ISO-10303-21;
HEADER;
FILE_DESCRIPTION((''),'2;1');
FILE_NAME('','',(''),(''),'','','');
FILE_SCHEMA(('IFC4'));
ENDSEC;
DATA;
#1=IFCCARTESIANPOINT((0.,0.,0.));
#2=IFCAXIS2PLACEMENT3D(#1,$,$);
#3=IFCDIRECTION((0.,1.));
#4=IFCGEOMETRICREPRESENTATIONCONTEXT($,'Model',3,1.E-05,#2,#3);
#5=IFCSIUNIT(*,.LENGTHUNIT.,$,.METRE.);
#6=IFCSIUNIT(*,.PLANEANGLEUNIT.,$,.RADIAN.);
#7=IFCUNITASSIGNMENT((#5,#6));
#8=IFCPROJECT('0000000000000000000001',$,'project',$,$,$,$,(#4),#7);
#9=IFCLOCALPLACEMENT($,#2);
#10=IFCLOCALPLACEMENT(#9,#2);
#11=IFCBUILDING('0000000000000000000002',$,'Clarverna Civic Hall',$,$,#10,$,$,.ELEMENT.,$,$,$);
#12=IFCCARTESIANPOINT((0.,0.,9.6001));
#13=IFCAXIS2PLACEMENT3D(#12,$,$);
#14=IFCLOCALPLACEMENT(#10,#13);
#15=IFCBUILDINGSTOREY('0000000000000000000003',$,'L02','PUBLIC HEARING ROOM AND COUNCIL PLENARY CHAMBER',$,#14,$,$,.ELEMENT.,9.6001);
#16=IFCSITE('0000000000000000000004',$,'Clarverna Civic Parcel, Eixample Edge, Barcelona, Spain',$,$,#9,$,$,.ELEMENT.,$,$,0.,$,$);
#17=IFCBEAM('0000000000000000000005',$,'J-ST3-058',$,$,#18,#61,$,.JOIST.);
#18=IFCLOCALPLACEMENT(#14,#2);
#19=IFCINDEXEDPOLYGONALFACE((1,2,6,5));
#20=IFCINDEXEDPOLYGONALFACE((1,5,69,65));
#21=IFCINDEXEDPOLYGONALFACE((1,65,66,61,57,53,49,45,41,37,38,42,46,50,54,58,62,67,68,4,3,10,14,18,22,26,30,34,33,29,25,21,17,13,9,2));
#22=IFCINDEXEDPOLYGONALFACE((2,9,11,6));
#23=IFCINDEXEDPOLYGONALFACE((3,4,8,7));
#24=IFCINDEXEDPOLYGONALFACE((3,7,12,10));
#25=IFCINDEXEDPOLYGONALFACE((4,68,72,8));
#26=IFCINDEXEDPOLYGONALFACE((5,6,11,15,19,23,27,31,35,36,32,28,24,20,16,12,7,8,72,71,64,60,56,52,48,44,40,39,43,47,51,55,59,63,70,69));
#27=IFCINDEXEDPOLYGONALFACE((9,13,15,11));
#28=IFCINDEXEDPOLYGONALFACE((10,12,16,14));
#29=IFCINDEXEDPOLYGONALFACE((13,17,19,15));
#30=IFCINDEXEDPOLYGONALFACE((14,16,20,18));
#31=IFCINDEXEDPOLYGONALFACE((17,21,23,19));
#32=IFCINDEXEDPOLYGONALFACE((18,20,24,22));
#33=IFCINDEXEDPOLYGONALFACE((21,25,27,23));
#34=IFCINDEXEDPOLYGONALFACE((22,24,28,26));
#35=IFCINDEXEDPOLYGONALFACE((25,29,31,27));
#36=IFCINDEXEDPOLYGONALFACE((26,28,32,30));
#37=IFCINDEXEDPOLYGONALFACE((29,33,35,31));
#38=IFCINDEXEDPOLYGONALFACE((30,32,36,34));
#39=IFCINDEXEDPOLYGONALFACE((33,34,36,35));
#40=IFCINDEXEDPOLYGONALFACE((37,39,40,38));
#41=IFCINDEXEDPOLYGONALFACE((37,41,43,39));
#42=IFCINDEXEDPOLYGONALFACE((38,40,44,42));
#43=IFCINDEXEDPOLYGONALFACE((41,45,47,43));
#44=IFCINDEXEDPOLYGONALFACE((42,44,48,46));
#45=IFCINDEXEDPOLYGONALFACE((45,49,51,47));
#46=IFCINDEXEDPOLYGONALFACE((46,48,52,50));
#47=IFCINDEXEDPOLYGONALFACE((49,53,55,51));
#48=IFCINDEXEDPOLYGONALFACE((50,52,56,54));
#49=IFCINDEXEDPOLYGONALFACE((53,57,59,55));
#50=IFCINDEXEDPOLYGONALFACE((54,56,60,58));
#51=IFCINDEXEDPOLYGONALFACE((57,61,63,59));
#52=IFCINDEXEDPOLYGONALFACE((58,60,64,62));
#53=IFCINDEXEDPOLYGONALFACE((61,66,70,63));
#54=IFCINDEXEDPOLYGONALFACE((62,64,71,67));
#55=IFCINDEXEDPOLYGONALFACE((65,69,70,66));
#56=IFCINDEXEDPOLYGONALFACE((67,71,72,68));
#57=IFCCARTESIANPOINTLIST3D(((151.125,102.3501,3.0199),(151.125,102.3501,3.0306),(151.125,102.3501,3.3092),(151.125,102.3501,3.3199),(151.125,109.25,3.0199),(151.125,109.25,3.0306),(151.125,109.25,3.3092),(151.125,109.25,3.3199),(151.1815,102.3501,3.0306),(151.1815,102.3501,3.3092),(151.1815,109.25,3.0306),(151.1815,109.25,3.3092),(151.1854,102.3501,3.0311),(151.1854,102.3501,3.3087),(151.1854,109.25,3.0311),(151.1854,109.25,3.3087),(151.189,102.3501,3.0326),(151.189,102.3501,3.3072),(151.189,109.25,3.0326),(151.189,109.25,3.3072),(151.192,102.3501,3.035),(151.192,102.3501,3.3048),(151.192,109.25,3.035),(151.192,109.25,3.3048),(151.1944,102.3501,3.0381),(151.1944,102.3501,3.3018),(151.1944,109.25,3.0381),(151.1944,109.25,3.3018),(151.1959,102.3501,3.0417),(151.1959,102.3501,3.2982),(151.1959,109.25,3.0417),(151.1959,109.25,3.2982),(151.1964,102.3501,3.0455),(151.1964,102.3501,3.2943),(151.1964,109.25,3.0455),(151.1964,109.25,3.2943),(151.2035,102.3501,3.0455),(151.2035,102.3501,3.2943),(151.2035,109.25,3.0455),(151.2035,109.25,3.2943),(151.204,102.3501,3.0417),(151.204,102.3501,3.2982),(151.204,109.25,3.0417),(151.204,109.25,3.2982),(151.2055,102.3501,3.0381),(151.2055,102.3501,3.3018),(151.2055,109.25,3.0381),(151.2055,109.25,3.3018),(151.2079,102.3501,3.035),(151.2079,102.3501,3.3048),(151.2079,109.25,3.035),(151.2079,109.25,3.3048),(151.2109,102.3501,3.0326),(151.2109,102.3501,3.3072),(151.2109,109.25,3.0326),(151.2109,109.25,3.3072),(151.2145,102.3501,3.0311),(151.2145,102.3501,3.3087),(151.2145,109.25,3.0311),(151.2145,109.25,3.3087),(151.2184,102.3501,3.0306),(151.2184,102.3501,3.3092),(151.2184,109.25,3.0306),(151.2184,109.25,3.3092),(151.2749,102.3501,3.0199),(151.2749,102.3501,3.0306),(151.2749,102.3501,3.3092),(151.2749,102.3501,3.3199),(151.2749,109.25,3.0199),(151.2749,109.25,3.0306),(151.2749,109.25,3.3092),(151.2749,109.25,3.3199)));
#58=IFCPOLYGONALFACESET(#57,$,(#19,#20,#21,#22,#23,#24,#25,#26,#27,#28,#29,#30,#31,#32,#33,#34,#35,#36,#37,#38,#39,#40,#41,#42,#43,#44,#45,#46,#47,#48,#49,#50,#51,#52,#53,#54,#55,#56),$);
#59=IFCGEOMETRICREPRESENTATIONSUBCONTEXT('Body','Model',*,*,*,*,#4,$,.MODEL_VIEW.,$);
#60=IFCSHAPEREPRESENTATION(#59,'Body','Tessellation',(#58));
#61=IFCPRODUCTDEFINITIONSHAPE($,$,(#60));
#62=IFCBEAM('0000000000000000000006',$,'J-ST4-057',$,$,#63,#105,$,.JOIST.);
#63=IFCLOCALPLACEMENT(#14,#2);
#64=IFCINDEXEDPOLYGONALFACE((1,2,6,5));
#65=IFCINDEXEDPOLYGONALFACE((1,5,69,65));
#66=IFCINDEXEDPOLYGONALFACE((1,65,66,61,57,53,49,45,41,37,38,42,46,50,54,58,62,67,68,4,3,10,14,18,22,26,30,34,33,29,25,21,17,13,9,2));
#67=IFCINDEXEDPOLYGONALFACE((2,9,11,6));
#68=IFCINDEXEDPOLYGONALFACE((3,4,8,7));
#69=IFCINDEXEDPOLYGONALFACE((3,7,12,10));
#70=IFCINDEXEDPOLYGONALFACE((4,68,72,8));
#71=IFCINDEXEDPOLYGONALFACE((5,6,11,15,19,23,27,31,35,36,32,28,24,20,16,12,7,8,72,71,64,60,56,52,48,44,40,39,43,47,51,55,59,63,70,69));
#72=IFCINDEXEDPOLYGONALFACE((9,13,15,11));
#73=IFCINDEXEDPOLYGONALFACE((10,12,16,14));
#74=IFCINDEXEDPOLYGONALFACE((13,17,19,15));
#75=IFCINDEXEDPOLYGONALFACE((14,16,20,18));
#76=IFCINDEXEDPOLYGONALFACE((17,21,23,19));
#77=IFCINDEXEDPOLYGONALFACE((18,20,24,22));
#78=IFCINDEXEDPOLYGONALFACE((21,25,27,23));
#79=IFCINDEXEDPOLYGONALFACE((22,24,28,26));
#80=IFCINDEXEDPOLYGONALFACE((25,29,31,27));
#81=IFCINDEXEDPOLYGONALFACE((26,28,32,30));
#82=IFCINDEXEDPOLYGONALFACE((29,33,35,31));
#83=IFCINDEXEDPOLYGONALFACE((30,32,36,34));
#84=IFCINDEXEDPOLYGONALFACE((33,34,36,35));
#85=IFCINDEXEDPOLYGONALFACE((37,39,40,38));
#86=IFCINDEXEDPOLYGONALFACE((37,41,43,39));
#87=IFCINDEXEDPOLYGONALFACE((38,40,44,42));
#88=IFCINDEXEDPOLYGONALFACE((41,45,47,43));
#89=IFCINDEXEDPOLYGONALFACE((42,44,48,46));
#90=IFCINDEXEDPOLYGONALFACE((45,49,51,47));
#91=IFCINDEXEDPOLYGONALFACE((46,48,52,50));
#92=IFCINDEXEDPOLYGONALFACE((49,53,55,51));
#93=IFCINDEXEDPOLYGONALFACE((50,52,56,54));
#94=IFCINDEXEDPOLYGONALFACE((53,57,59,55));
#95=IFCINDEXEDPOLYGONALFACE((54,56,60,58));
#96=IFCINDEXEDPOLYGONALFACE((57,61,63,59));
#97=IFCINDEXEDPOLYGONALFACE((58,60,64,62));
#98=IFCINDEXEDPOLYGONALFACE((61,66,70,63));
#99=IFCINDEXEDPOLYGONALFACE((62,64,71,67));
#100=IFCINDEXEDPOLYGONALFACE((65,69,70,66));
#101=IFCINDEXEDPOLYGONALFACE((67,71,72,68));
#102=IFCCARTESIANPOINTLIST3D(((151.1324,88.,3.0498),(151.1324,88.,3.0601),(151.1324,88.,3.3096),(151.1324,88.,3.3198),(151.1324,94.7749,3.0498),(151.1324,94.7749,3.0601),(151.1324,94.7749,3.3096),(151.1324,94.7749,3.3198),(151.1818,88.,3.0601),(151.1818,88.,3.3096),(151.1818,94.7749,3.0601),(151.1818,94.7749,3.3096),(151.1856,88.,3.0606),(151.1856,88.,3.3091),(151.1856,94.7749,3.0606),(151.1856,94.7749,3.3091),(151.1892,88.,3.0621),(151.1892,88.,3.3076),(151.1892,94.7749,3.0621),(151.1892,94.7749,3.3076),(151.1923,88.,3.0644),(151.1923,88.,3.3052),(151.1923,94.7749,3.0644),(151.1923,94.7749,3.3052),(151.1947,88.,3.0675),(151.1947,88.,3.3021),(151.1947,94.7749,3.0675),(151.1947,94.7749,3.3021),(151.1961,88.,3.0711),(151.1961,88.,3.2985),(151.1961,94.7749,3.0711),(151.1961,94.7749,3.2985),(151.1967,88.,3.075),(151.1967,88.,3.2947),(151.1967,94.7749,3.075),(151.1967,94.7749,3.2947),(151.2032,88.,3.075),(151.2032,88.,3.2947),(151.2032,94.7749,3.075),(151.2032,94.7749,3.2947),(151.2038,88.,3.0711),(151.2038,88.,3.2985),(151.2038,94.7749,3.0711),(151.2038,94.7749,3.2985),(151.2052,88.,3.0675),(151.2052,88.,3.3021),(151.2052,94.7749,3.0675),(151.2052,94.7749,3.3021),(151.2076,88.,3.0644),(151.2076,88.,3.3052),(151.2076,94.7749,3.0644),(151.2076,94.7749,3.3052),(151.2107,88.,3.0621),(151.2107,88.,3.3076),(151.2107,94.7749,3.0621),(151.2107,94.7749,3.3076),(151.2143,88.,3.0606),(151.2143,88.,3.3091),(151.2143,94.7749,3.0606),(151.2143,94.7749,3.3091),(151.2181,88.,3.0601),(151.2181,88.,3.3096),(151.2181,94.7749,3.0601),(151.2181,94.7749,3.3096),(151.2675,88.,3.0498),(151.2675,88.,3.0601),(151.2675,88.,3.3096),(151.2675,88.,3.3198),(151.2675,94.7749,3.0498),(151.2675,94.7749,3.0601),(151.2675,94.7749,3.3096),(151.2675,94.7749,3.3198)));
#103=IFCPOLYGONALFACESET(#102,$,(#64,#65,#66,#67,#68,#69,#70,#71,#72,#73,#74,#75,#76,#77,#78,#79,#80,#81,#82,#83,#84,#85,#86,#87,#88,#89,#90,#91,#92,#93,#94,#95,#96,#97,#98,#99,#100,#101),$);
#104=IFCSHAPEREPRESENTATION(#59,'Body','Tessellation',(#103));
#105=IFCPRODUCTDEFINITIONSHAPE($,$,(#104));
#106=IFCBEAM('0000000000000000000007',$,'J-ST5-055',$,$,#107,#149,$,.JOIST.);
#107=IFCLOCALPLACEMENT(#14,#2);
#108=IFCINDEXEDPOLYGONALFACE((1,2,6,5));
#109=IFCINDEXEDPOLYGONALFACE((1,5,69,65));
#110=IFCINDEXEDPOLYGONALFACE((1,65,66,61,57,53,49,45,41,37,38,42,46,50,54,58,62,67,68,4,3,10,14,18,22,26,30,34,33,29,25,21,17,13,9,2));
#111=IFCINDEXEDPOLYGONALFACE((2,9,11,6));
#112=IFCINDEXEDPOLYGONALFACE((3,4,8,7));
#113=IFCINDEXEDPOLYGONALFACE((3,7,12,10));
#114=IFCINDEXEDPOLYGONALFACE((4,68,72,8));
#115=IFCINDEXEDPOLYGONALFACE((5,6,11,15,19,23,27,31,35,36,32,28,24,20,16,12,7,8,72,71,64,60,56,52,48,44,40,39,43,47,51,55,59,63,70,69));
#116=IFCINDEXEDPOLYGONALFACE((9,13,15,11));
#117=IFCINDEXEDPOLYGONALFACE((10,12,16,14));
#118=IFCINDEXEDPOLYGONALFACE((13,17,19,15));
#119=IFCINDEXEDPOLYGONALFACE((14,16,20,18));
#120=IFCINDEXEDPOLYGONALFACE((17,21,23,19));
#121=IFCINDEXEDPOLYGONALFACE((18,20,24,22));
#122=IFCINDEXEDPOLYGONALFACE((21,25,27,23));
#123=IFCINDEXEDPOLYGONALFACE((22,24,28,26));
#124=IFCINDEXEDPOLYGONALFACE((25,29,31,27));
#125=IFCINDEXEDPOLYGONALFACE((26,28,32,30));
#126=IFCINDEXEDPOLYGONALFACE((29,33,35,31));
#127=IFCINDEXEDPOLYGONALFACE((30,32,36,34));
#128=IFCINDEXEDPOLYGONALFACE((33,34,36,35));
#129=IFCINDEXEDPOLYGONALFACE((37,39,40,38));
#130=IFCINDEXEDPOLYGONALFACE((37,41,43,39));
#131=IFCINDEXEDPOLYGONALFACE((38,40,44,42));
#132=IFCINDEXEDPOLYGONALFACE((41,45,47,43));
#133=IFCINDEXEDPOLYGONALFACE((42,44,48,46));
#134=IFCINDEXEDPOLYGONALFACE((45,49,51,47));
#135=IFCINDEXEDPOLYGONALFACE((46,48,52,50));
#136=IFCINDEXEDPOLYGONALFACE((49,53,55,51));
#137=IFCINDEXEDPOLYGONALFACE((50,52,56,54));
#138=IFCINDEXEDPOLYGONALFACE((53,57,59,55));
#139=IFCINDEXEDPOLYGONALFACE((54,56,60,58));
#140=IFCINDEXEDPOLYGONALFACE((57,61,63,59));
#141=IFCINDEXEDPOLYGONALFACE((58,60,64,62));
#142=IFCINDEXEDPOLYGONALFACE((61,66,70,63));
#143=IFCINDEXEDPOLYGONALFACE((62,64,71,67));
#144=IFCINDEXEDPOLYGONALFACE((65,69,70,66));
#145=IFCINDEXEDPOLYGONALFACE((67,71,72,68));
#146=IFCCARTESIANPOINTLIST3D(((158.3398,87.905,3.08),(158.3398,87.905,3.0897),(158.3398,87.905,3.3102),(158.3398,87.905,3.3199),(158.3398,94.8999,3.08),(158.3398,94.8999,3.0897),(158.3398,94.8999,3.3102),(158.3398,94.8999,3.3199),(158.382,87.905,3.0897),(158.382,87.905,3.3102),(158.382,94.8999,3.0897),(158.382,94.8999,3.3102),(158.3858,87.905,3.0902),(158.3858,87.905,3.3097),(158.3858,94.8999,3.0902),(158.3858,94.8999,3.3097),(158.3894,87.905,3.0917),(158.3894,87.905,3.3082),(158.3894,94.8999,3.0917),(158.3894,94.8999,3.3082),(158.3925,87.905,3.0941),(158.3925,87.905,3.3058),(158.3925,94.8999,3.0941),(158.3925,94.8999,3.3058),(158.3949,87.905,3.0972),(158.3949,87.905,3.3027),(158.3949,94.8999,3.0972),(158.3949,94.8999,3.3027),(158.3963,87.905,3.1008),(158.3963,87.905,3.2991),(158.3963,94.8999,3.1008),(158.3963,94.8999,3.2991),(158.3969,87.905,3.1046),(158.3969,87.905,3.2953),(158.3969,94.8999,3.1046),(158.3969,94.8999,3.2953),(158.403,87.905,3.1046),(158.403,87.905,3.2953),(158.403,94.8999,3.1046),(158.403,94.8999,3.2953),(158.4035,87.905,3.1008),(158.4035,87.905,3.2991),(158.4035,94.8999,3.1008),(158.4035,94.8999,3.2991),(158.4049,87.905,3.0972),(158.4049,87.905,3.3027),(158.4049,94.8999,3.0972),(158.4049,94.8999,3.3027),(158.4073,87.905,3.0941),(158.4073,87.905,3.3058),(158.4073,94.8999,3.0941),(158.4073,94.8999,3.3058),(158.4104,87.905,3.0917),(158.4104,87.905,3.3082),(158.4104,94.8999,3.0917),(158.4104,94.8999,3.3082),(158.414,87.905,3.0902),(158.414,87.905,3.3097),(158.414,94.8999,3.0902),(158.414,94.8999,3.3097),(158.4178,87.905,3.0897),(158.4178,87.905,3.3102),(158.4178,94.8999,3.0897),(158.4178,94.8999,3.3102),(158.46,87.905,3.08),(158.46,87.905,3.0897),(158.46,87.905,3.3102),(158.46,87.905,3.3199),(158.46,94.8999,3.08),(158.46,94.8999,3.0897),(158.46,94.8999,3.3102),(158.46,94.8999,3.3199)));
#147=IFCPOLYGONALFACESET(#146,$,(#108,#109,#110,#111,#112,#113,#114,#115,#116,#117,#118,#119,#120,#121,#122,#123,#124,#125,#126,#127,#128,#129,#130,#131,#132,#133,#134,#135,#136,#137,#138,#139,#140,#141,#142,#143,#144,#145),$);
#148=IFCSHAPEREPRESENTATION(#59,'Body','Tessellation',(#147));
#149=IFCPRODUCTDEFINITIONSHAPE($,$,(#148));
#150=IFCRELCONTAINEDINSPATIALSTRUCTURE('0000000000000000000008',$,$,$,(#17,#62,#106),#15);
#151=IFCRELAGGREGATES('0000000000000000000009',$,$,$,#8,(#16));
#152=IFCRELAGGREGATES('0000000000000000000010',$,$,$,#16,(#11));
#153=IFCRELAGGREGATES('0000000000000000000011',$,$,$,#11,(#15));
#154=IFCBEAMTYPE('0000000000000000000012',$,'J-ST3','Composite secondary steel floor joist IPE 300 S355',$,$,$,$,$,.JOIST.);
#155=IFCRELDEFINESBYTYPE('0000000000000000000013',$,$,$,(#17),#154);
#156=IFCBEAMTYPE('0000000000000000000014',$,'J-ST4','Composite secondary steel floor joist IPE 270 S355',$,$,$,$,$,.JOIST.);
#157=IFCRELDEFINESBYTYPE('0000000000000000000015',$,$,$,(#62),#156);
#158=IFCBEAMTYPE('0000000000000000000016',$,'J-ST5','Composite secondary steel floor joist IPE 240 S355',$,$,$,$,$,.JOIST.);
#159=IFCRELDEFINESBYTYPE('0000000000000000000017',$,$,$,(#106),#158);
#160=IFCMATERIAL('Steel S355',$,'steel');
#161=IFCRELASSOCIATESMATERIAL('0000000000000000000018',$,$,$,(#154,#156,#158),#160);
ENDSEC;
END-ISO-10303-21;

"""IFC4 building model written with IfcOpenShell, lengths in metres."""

from ifc_helpers import new_model, si_unit, direction, frame, origin, origin_2d, place, context, subcontext, project, spatial, i_section, extrude, material, material_profile, profile_set, type_object, element, save


model = new_model("IFC4")

# Units and contexts
model_context = context("Model", 3, precision=1e-05, world=origin(), true_north=direction((0.0, 1.0)))
body_context = subcontext(model_context, "Body", "Model", "MODEL_VIEW")
ifc_project = project(units=[si_unit("LENGTHUNIT", "METRE"), si_unit("PLANEANGLEUNIT", "RADIAN")], contexts=[model_context])

# Site, building, storey
site_placement = place(None, origin())
site = spatial("IfcSite", under=ifc_project, at=site_placement, Name="Clarverna Civic Parcel, Eixample Edge, Barcelona, Spain", CompositionType="ELEMENT", RefElevation=0.0)
building_placement = place(site_placement, origin())
building = spatial("IfcBuilding", under=site, at=building_placement, Name="Clarverna Civic Hall", CompositionType="ELEMENT")
storey_placement = place(building_placement, frame((0.0, 0.0, 9.6001)))
storey = spatial("IfcBuildingStorey", under=building, at=storey_placement, Name="L02", Description="PUBLIC HEARING ROOM AND COUNCIL PLENARY CHAMBER", CompositionType="ELEMENT", Elevation=9.6001)

# Shared definitions
ifc_material_1 = material(Name="Steel S355", Category="steel")

# Beams
ifc_material_profile_1 = material_profile(ifc_material_1, i_section(OverallWidth=0.1499, OverallDepth=0.3, WebThickness=0.0071, FlangeThickness=0.0107, FilletRadius=0.0149, at=origin_2d()), Name="IPE 300")
ifc_profile_set_1 = profile_set([ifc_material_profile_1], Name="Steel S355")
beam_type_1 = type_object("IfcBeamType", Name="J-ST3", Description="Composite secondary steel floor joist IPE 300 S355", PredefinedType="JOIST", material=ifc_profile_set_1)
beam_1_placement = place(storey_placement, frame((151.2, 102.3501, 3.1699), z_axis=(0.0, 1.0, 0.0), x_axis=(-1.0, 0.0, 0.0)))
element("IfcBeam", 1, at=beam_1_placement, inside=storey, type_object=beam_type_1, Name="J-ST3-058", PredefinedType="JOIST", context=body_context, shape_type="SweptSolid", body=[
    extrude(i_section(OverallWidth=0.1499, OverallDepth=0.3, WebThickness=0.0071, FlangeThickness=0.0107, FilletRadius=0.0149, at=origin_2d()), origin(), (0.0, 0.0, 1.0), 6.8999),
])
ifc_material_profile_2 = material_profile(ifc_material_1, i_section(OverallWidth=0.135, OverallDepth=0.27, WebThickness=0.0066, FlangeThickness=0.0103, FilletRadius=0.0149, at=origin_2d()), Name="IPE 270")
ifc_profile_set_2 = profile_set([ifc_material_profile_2], Name="Steel S355")
beam_type_2 = type_object("IfcBeamType", Name="J-ST4", Description="Composite secondary steel floor joist IPE 270 S355", PredefinedType="JOIST", material=ifc_profile_set_2)
beam_2_placement = place(storey_placement, frame((151.2, 88.0, 3.1848), z_axis=(0.0, 1.0, 0.0), x_axis=(-1.0, 0.0, 0.0)))
element("IfcBeam", 2, at=beam_2_placement, inside=storey, type_object=beam_type_2, Name="J-ST4-057", PredefinedType="JOIST", context=body_context, shape_type="SweptSolid", body=[
    extrude(i_section(OverallWidth=0.135, OverallDepth=0.27, WebThickness=0.0066, FlangeThickness=0.0103, FilletRadius=0.0149, at=origin_2d()), origin(), (0.0, 0.0, 1.0), 6.7749),
])
ifc_material_profile_3 = material_profile(ifc_material_1, i_section(OverallWidth=0.1201, OverallDepth=0.24, WebThickness=0.0061, FlangeThickness=0.0098, FilletRadius=0.0149, at=origin_2d()), Name="IPE 240")
ifc_profile_set_3 = profile_set([ifc_material_profile_3], Name="Steel S355")
beam_type_3 = type_object("IfcBeamType", Name="J-ST5", Description="Composite secondary steel floor joist IPE 240 S355", PredefinedType="JOIST", material=ifc_profile_set_3)
beam_3_placement = place(storey_placement, frame((158.3999, 87.905, 3.2), z_axis=(0.0, 1.0, 0.0), x_axis=(-1.0, 0.0, 0.0)))
element("IfcBeam", 3, at=beam_3_placement, inside=storey, type_object=beam_type_3, Name="J-ST5-055", PredefinedType="JOIST", context=body_context, shape_type="SweptSolid", body=[
    extrude(i_section(OverallWidth=0.1201, OverallDepth=0.24, WebThickness=0.0061, FlangeThickness=0.0098, FilletRadius=0.0149, at=origin_2d()), origin(), (0.0, 0.0, 1.0), 6.9949),
])

save(model, "model.ifc")
